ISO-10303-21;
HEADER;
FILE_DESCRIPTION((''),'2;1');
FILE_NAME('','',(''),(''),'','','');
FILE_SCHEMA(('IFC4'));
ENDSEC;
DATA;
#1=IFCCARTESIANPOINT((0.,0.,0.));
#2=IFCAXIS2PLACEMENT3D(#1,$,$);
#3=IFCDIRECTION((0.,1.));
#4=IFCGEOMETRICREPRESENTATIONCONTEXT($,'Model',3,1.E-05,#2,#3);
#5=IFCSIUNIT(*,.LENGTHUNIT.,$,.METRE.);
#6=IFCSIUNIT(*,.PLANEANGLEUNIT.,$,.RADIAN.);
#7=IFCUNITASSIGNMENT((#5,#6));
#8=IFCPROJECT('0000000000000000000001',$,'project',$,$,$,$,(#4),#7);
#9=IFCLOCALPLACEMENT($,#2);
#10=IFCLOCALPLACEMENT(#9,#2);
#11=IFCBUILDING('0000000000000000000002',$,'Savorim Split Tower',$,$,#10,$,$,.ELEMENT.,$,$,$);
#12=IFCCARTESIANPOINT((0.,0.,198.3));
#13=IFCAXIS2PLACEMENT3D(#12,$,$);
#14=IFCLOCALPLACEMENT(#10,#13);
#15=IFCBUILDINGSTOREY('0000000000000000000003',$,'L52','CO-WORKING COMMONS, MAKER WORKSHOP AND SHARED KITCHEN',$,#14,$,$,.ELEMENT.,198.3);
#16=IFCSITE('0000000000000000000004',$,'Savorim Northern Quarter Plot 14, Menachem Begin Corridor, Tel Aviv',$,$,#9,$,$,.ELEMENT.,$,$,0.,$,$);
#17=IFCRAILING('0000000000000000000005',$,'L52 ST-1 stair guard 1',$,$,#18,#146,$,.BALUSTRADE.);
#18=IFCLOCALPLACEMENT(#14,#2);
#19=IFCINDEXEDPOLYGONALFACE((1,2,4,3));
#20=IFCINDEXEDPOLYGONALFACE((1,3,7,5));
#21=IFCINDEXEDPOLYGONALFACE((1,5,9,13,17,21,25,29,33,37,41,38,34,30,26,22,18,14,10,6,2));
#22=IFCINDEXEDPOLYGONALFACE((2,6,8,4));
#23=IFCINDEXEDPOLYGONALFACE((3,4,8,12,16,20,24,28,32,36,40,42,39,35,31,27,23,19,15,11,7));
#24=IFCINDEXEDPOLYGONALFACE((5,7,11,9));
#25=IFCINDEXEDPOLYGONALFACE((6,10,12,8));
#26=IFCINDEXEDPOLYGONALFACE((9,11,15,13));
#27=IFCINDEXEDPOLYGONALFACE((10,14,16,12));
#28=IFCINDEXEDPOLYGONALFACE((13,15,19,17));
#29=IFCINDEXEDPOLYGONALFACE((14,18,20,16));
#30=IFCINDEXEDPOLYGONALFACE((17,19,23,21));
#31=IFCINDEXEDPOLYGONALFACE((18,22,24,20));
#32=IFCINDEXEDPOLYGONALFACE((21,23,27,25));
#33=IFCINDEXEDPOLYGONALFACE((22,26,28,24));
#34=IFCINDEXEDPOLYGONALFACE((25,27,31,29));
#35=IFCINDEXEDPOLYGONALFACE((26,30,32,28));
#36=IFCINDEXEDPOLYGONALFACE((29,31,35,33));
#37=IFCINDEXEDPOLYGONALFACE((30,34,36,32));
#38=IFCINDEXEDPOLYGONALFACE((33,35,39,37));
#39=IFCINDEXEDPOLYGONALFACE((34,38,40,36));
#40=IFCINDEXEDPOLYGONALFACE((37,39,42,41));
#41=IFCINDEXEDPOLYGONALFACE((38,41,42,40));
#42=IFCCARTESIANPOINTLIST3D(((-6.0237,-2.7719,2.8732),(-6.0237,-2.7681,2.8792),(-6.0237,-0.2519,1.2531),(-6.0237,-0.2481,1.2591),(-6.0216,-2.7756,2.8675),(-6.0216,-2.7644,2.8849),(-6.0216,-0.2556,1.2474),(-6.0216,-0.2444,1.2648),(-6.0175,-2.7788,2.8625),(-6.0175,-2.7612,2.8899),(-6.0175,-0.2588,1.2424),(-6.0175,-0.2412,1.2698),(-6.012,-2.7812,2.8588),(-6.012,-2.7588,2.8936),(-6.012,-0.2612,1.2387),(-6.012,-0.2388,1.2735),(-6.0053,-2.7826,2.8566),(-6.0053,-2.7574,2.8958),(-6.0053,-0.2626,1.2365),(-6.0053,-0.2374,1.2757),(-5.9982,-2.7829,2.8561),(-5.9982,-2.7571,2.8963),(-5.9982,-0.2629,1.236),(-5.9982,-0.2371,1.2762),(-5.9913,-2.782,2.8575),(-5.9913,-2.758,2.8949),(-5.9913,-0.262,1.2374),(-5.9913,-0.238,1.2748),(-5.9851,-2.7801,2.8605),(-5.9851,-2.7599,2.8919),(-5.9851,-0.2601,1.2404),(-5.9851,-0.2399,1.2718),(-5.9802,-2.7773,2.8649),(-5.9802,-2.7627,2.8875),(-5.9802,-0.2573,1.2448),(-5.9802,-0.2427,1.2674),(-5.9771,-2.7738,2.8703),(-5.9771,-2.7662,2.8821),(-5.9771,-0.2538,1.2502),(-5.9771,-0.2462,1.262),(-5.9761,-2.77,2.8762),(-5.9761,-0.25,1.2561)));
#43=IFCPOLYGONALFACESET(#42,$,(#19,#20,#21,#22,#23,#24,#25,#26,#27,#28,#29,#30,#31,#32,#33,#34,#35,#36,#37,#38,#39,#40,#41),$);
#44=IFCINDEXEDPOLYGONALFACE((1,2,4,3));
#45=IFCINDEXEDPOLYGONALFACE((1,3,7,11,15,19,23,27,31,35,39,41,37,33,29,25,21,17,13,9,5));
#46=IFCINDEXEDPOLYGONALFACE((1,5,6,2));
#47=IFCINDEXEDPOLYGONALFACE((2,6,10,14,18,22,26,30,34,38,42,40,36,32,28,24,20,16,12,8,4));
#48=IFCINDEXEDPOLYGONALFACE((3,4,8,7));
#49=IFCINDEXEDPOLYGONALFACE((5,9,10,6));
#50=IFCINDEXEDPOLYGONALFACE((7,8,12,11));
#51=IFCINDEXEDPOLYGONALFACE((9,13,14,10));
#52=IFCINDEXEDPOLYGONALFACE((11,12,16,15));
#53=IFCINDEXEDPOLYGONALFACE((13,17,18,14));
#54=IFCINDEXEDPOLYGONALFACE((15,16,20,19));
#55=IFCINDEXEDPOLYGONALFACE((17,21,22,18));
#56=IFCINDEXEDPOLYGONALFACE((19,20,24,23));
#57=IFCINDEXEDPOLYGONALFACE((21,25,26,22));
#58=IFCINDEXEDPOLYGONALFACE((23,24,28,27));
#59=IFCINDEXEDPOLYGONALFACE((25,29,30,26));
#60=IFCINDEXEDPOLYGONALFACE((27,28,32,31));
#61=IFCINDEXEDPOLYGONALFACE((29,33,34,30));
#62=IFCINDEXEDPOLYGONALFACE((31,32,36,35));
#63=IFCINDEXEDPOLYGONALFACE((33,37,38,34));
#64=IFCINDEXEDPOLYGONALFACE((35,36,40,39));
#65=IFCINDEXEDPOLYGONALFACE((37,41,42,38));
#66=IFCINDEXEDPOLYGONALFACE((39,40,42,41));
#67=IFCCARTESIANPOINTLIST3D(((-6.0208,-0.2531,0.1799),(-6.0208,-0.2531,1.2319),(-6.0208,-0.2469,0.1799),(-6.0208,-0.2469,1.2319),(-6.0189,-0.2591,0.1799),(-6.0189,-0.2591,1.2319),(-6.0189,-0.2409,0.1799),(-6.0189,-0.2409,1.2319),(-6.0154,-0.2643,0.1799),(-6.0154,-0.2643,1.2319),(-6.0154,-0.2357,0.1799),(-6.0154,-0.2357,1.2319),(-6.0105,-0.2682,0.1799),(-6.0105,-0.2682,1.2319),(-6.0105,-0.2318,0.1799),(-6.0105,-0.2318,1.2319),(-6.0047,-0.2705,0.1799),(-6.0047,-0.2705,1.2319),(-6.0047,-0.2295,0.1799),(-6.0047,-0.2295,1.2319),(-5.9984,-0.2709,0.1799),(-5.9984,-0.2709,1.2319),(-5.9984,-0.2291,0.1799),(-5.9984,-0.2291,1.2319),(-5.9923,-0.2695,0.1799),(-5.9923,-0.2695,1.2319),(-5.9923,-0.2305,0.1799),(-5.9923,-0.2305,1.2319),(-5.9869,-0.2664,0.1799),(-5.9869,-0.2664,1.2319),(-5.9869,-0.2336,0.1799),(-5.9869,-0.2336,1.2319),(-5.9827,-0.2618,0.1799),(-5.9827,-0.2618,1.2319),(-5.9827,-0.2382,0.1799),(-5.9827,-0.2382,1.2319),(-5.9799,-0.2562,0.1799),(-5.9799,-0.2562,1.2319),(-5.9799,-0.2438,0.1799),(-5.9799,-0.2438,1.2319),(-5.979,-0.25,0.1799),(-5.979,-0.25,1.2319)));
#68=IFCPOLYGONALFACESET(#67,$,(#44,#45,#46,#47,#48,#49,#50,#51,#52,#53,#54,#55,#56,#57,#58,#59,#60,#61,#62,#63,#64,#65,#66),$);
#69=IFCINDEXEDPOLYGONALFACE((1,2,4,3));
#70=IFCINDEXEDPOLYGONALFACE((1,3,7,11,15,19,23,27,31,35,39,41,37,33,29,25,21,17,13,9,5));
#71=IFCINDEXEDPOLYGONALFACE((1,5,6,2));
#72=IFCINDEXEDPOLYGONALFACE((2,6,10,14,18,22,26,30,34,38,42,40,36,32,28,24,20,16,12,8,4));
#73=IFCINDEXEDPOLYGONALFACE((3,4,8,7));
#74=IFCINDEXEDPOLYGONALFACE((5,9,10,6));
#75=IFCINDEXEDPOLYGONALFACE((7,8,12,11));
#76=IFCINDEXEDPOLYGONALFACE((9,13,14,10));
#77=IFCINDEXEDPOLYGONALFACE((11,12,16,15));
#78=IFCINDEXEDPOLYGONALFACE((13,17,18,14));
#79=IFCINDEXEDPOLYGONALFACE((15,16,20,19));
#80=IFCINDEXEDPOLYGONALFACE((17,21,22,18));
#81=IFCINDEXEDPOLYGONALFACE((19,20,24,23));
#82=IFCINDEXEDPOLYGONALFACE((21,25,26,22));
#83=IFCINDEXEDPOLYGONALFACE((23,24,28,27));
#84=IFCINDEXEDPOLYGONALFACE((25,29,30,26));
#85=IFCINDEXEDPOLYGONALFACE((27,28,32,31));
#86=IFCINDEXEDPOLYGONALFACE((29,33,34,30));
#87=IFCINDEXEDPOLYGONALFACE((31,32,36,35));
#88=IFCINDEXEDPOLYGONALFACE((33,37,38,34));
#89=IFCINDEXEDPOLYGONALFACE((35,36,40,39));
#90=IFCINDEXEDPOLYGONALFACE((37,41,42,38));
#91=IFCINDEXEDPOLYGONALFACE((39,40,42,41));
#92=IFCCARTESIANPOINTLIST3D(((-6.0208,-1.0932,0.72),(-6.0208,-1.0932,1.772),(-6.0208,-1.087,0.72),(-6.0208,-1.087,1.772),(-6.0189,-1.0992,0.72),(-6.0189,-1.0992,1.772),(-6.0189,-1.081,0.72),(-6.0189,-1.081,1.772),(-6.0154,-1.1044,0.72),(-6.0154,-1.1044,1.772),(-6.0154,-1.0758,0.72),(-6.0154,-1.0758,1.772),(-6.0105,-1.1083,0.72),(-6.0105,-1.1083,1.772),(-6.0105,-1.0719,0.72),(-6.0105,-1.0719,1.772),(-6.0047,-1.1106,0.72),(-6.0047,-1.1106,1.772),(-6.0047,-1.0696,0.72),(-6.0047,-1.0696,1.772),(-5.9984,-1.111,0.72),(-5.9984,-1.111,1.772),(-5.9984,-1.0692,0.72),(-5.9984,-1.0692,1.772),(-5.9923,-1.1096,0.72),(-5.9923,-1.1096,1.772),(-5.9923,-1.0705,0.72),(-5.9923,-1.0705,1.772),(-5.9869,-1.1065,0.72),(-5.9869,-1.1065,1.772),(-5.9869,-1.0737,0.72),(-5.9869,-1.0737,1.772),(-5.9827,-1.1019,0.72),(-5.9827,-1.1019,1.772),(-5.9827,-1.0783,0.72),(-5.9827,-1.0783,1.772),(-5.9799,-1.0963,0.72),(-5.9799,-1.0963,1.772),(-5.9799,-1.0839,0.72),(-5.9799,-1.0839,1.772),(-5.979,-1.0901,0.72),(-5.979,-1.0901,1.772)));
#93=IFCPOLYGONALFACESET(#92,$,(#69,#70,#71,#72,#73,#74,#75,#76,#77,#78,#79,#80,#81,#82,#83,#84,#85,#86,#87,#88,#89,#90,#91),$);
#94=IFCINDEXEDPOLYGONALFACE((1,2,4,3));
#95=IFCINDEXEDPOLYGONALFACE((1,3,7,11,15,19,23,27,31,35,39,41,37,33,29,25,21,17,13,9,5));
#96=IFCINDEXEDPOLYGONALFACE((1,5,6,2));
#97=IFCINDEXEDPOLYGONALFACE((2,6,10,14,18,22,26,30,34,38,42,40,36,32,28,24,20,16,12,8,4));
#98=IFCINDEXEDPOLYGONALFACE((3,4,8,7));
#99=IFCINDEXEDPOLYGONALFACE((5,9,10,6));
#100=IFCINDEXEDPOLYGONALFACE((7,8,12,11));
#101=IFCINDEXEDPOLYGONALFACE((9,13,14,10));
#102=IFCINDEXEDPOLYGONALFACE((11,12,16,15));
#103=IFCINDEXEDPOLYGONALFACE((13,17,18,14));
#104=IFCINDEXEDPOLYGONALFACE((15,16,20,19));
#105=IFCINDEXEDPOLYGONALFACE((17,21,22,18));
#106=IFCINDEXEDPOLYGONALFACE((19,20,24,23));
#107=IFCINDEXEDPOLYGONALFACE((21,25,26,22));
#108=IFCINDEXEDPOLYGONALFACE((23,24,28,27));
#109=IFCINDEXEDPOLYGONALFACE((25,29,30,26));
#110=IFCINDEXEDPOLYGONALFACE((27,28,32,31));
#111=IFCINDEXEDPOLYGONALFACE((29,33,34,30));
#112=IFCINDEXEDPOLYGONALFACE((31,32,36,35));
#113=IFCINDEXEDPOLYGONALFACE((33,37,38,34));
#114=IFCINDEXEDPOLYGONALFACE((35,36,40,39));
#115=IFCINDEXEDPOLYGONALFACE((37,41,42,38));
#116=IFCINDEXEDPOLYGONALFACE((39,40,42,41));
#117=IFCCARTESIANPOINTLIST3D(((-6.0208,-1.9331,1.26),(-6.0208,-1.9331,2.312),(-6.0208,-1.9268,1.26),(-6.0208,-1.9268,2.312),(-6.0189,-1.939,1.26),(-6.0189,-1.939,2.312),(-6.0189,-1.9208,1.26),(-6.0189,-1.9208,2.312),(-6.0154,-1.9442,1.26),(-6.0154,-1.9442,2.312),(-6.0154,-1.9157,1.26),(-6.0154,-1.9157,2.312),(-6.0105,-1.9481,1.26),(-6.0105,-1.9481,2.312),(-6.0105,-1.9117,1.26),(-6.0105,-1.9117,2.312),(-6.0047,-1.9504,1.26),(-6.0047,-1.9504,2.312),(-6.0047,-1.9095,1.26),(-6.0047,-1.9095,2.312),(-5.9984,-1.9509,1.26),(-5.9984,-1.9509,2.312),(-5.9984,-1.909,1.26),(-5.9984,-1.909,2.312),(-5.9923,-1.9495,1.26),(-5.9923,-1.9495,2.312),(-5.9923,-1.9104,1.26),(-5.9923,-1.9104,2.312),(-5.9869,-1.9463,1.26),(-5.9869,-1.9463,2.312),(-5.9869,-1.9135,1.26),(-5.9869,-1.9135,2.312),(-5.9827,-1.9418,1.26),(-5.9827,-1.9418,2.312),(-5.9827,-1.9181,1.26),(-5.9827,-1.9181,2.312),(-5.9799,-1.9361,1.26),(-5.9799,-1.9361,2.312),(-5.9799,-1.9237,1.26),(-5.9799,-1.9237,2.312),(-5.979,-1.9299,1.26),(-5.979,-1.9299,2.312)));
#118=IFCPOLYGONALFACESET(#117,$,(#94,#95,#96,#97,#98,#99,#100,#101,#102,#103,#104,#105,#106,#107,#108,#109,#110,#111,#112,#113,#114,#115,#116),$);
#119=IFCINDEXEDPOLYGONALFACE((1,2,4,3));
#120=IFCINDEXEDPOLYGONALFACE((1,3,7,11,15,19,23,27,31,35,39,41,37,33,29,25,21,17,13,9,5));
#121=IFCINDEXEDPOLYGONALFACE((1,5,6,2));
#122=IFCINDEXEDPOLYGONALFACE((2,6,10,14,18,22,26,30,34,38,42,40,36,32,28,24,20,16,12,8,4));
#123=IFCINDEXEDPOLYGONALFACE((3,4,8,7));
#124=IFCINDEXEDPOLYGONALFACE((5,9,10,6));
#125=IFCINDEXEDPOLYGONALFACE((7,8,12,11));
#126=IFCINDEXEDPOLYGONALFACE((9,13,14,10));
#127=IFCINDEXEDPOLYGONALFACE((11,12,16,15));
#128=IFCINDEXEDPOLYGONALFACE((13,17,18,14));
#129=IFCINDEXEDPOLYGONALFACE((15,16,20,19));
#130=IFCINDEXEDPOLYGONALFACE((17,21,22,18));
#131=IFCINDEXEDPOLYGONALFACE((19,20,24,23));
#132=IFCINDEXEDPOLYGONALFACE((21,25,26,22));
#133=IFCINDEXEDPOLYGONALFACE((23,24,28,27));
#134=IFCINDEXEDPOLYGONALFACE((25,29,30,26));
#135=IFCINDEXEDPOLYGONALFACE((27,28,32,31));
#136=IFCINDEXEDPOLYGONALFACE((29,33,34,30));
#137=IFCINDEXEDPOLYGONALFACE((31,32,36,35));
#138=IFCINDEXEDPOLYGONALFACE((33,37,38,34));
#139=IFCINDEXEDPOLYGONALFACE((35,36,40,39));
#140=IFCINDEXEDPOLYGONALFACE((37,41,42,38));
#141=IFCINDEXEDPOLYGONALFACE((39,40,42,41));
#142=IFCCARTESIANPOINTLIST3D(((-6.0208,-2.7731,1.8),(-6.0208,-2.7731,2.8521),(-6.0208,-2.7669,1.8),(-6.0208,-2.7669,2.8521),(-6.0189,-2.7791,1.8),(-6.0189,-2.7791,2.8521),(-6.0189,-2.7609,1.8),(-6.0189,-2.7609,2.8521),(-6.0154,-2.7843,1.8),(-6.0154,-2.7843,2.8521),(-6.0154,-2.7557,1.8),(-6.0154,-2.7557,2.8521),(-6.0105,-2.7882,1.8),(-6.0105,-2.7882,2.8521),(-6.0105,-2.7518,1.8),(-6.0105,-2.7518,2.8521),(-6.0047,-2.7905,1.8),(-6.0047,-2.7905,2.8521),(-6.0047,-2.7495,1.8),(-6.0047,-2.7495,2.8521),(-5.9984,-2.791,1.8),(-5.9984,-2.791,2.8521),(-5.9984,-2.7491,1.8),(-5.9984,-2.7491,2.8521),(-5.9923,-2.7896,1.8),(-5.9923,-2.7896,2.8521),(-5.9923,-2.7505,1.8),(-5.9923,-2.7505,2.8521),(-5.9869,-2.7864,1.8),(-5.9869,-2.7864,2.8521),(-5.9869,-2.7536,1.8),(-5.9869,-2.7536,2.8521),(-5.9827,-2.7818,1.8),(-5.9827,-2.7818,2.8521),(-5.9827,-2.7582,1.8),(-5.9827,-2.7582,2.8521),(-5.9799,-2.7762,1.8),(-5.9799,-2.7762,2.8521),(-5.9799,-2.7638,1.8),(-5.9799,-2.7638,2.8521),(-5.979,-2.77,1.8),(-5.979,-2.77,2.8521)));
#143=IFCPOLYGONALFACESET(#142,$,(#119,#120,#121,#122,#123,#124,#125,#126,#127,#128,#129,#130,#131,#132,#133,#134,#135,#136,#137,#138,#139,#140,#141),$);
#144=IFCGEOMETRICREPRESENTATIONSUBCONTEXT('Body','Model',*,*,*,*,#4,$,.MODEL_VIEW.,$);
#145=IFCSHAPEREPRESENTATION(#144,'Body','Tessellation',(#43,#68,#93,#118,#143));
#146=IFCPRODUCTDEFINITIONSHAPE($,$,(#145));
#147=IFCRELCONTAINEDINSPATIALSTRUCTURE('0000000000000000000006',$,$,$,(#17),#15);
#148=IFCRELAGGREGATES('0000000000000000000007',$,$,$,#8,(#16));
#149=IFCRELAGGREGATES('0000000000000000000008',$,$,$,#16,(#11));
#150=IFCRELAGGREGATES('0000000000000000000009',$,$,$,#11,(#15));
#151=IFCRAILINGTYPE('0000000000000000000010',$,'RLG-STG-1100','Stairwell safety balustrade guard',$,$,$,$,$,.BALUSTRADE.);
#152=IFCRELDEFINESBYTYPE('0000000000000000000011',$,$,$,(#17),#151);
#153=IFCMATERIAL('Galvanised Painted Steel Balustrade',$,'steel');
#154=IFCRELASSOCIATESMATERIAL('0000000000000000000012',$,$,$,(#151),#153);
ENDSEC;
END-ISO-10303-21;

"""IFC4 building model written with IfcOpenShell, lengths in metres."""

from ifc_helpers import new_model, si_unit, direction, frame, origin, origin_2d, place, context, subcontext, project, spatial, circle, extrude, material, type_object, element, save


model = new_model("IFC4")

# Units and contexts
model_context = context("Model", 3, precision=1e-05, world=origin(), true_north=direction((0.0, 1.0)))
body_context = subcontext(model_context, "Body", "Model", "MODEL_VIEW")
ifc_project = project(units=[si_unit("LENGTHUNIT", "METRE"), si_unit("PLANEANGLEUNIT", "RADIAN")], contexts=[model_context])

# Site, building, storey
site_placement = place(None, origin())
site = spatial("IfcSite", under=ifc_project, at=site_placement, Name="Savorim Northern Quarter Plot 14, Menachem Begin Corridor, Tel Aviv", CompositionType="ELEMENT", RefElevation=0.0)
building_placement = place(site_placement, origin())
building = spatial("IfcBuilding", under=site, at=building_placement, Name="Savorim Split Tower", CompositionType="ELEMENT")
storey_placement = place(building_placement, frame((0.0, 0.0, 198.3)))
storey = spatial("IfcBuildingStorey", under=building, at=storey_placement, Name="L52", Description="CO-WORKING COMMONS, MAKER WORKSHOP AND SHARED KITCHEN", CompositionType="ELEMENT", Elevation=198.3)

# Railing
ifc_material_1 = material(Name="Galvanised Painted Steel Balustrade", Category="steel")
railing_type_1 = type_object("IfcRailingType", Name="RLG-STG-1100", Description="Stairwell safety balustrade guard", PredefinedType="BALUSTRADE", material=ifc_material_1)
railing_1_placement = place(storey_placement, frame((-6.0, -0.25, 0.1799)))
element("IfcRailing", 1, at=railing_1_placement, inside=storey, type_object=railing_type_1, Name="L52 ST-1 stair guard 1", PredefinedType="BALUSTRADE", context=body_context, shape_type="SweptSolid", body=[
    extrude(circle(Radius=0.0239, at=origin_2d()), frame((0.0, 0.0, 1.0762), z_axis=(0.0, -0.841163, 0.540782), x_axis=(1.0, 0.0, 0.0)), (0.0, 0.0, 1.0), 2.9958),
    extrude(circle(Radius=0.021, at=origin_2d()), origin(), (0.0, 0.0, 1.0), 1.052),
    extrude(circle(Radius=0.021, at=origin_2d()), frame((0.0, -0.8401, 0.54)), (0.0, 0.0, 1.0), 1.052),
    extrude(circle(Radius=0.021, at=origin_2d()), frame((0.0, -1.6799, 1.0801)), (0.0, 0.0, 1.0), 1.052),
    extrude(circle(Radius=0.021, at=origin_2d()), frame((0.0, -2.52, 1.6201)), (0.0, 0.0, 1.0), 1.052),
])

save(model, "model.ifc")
